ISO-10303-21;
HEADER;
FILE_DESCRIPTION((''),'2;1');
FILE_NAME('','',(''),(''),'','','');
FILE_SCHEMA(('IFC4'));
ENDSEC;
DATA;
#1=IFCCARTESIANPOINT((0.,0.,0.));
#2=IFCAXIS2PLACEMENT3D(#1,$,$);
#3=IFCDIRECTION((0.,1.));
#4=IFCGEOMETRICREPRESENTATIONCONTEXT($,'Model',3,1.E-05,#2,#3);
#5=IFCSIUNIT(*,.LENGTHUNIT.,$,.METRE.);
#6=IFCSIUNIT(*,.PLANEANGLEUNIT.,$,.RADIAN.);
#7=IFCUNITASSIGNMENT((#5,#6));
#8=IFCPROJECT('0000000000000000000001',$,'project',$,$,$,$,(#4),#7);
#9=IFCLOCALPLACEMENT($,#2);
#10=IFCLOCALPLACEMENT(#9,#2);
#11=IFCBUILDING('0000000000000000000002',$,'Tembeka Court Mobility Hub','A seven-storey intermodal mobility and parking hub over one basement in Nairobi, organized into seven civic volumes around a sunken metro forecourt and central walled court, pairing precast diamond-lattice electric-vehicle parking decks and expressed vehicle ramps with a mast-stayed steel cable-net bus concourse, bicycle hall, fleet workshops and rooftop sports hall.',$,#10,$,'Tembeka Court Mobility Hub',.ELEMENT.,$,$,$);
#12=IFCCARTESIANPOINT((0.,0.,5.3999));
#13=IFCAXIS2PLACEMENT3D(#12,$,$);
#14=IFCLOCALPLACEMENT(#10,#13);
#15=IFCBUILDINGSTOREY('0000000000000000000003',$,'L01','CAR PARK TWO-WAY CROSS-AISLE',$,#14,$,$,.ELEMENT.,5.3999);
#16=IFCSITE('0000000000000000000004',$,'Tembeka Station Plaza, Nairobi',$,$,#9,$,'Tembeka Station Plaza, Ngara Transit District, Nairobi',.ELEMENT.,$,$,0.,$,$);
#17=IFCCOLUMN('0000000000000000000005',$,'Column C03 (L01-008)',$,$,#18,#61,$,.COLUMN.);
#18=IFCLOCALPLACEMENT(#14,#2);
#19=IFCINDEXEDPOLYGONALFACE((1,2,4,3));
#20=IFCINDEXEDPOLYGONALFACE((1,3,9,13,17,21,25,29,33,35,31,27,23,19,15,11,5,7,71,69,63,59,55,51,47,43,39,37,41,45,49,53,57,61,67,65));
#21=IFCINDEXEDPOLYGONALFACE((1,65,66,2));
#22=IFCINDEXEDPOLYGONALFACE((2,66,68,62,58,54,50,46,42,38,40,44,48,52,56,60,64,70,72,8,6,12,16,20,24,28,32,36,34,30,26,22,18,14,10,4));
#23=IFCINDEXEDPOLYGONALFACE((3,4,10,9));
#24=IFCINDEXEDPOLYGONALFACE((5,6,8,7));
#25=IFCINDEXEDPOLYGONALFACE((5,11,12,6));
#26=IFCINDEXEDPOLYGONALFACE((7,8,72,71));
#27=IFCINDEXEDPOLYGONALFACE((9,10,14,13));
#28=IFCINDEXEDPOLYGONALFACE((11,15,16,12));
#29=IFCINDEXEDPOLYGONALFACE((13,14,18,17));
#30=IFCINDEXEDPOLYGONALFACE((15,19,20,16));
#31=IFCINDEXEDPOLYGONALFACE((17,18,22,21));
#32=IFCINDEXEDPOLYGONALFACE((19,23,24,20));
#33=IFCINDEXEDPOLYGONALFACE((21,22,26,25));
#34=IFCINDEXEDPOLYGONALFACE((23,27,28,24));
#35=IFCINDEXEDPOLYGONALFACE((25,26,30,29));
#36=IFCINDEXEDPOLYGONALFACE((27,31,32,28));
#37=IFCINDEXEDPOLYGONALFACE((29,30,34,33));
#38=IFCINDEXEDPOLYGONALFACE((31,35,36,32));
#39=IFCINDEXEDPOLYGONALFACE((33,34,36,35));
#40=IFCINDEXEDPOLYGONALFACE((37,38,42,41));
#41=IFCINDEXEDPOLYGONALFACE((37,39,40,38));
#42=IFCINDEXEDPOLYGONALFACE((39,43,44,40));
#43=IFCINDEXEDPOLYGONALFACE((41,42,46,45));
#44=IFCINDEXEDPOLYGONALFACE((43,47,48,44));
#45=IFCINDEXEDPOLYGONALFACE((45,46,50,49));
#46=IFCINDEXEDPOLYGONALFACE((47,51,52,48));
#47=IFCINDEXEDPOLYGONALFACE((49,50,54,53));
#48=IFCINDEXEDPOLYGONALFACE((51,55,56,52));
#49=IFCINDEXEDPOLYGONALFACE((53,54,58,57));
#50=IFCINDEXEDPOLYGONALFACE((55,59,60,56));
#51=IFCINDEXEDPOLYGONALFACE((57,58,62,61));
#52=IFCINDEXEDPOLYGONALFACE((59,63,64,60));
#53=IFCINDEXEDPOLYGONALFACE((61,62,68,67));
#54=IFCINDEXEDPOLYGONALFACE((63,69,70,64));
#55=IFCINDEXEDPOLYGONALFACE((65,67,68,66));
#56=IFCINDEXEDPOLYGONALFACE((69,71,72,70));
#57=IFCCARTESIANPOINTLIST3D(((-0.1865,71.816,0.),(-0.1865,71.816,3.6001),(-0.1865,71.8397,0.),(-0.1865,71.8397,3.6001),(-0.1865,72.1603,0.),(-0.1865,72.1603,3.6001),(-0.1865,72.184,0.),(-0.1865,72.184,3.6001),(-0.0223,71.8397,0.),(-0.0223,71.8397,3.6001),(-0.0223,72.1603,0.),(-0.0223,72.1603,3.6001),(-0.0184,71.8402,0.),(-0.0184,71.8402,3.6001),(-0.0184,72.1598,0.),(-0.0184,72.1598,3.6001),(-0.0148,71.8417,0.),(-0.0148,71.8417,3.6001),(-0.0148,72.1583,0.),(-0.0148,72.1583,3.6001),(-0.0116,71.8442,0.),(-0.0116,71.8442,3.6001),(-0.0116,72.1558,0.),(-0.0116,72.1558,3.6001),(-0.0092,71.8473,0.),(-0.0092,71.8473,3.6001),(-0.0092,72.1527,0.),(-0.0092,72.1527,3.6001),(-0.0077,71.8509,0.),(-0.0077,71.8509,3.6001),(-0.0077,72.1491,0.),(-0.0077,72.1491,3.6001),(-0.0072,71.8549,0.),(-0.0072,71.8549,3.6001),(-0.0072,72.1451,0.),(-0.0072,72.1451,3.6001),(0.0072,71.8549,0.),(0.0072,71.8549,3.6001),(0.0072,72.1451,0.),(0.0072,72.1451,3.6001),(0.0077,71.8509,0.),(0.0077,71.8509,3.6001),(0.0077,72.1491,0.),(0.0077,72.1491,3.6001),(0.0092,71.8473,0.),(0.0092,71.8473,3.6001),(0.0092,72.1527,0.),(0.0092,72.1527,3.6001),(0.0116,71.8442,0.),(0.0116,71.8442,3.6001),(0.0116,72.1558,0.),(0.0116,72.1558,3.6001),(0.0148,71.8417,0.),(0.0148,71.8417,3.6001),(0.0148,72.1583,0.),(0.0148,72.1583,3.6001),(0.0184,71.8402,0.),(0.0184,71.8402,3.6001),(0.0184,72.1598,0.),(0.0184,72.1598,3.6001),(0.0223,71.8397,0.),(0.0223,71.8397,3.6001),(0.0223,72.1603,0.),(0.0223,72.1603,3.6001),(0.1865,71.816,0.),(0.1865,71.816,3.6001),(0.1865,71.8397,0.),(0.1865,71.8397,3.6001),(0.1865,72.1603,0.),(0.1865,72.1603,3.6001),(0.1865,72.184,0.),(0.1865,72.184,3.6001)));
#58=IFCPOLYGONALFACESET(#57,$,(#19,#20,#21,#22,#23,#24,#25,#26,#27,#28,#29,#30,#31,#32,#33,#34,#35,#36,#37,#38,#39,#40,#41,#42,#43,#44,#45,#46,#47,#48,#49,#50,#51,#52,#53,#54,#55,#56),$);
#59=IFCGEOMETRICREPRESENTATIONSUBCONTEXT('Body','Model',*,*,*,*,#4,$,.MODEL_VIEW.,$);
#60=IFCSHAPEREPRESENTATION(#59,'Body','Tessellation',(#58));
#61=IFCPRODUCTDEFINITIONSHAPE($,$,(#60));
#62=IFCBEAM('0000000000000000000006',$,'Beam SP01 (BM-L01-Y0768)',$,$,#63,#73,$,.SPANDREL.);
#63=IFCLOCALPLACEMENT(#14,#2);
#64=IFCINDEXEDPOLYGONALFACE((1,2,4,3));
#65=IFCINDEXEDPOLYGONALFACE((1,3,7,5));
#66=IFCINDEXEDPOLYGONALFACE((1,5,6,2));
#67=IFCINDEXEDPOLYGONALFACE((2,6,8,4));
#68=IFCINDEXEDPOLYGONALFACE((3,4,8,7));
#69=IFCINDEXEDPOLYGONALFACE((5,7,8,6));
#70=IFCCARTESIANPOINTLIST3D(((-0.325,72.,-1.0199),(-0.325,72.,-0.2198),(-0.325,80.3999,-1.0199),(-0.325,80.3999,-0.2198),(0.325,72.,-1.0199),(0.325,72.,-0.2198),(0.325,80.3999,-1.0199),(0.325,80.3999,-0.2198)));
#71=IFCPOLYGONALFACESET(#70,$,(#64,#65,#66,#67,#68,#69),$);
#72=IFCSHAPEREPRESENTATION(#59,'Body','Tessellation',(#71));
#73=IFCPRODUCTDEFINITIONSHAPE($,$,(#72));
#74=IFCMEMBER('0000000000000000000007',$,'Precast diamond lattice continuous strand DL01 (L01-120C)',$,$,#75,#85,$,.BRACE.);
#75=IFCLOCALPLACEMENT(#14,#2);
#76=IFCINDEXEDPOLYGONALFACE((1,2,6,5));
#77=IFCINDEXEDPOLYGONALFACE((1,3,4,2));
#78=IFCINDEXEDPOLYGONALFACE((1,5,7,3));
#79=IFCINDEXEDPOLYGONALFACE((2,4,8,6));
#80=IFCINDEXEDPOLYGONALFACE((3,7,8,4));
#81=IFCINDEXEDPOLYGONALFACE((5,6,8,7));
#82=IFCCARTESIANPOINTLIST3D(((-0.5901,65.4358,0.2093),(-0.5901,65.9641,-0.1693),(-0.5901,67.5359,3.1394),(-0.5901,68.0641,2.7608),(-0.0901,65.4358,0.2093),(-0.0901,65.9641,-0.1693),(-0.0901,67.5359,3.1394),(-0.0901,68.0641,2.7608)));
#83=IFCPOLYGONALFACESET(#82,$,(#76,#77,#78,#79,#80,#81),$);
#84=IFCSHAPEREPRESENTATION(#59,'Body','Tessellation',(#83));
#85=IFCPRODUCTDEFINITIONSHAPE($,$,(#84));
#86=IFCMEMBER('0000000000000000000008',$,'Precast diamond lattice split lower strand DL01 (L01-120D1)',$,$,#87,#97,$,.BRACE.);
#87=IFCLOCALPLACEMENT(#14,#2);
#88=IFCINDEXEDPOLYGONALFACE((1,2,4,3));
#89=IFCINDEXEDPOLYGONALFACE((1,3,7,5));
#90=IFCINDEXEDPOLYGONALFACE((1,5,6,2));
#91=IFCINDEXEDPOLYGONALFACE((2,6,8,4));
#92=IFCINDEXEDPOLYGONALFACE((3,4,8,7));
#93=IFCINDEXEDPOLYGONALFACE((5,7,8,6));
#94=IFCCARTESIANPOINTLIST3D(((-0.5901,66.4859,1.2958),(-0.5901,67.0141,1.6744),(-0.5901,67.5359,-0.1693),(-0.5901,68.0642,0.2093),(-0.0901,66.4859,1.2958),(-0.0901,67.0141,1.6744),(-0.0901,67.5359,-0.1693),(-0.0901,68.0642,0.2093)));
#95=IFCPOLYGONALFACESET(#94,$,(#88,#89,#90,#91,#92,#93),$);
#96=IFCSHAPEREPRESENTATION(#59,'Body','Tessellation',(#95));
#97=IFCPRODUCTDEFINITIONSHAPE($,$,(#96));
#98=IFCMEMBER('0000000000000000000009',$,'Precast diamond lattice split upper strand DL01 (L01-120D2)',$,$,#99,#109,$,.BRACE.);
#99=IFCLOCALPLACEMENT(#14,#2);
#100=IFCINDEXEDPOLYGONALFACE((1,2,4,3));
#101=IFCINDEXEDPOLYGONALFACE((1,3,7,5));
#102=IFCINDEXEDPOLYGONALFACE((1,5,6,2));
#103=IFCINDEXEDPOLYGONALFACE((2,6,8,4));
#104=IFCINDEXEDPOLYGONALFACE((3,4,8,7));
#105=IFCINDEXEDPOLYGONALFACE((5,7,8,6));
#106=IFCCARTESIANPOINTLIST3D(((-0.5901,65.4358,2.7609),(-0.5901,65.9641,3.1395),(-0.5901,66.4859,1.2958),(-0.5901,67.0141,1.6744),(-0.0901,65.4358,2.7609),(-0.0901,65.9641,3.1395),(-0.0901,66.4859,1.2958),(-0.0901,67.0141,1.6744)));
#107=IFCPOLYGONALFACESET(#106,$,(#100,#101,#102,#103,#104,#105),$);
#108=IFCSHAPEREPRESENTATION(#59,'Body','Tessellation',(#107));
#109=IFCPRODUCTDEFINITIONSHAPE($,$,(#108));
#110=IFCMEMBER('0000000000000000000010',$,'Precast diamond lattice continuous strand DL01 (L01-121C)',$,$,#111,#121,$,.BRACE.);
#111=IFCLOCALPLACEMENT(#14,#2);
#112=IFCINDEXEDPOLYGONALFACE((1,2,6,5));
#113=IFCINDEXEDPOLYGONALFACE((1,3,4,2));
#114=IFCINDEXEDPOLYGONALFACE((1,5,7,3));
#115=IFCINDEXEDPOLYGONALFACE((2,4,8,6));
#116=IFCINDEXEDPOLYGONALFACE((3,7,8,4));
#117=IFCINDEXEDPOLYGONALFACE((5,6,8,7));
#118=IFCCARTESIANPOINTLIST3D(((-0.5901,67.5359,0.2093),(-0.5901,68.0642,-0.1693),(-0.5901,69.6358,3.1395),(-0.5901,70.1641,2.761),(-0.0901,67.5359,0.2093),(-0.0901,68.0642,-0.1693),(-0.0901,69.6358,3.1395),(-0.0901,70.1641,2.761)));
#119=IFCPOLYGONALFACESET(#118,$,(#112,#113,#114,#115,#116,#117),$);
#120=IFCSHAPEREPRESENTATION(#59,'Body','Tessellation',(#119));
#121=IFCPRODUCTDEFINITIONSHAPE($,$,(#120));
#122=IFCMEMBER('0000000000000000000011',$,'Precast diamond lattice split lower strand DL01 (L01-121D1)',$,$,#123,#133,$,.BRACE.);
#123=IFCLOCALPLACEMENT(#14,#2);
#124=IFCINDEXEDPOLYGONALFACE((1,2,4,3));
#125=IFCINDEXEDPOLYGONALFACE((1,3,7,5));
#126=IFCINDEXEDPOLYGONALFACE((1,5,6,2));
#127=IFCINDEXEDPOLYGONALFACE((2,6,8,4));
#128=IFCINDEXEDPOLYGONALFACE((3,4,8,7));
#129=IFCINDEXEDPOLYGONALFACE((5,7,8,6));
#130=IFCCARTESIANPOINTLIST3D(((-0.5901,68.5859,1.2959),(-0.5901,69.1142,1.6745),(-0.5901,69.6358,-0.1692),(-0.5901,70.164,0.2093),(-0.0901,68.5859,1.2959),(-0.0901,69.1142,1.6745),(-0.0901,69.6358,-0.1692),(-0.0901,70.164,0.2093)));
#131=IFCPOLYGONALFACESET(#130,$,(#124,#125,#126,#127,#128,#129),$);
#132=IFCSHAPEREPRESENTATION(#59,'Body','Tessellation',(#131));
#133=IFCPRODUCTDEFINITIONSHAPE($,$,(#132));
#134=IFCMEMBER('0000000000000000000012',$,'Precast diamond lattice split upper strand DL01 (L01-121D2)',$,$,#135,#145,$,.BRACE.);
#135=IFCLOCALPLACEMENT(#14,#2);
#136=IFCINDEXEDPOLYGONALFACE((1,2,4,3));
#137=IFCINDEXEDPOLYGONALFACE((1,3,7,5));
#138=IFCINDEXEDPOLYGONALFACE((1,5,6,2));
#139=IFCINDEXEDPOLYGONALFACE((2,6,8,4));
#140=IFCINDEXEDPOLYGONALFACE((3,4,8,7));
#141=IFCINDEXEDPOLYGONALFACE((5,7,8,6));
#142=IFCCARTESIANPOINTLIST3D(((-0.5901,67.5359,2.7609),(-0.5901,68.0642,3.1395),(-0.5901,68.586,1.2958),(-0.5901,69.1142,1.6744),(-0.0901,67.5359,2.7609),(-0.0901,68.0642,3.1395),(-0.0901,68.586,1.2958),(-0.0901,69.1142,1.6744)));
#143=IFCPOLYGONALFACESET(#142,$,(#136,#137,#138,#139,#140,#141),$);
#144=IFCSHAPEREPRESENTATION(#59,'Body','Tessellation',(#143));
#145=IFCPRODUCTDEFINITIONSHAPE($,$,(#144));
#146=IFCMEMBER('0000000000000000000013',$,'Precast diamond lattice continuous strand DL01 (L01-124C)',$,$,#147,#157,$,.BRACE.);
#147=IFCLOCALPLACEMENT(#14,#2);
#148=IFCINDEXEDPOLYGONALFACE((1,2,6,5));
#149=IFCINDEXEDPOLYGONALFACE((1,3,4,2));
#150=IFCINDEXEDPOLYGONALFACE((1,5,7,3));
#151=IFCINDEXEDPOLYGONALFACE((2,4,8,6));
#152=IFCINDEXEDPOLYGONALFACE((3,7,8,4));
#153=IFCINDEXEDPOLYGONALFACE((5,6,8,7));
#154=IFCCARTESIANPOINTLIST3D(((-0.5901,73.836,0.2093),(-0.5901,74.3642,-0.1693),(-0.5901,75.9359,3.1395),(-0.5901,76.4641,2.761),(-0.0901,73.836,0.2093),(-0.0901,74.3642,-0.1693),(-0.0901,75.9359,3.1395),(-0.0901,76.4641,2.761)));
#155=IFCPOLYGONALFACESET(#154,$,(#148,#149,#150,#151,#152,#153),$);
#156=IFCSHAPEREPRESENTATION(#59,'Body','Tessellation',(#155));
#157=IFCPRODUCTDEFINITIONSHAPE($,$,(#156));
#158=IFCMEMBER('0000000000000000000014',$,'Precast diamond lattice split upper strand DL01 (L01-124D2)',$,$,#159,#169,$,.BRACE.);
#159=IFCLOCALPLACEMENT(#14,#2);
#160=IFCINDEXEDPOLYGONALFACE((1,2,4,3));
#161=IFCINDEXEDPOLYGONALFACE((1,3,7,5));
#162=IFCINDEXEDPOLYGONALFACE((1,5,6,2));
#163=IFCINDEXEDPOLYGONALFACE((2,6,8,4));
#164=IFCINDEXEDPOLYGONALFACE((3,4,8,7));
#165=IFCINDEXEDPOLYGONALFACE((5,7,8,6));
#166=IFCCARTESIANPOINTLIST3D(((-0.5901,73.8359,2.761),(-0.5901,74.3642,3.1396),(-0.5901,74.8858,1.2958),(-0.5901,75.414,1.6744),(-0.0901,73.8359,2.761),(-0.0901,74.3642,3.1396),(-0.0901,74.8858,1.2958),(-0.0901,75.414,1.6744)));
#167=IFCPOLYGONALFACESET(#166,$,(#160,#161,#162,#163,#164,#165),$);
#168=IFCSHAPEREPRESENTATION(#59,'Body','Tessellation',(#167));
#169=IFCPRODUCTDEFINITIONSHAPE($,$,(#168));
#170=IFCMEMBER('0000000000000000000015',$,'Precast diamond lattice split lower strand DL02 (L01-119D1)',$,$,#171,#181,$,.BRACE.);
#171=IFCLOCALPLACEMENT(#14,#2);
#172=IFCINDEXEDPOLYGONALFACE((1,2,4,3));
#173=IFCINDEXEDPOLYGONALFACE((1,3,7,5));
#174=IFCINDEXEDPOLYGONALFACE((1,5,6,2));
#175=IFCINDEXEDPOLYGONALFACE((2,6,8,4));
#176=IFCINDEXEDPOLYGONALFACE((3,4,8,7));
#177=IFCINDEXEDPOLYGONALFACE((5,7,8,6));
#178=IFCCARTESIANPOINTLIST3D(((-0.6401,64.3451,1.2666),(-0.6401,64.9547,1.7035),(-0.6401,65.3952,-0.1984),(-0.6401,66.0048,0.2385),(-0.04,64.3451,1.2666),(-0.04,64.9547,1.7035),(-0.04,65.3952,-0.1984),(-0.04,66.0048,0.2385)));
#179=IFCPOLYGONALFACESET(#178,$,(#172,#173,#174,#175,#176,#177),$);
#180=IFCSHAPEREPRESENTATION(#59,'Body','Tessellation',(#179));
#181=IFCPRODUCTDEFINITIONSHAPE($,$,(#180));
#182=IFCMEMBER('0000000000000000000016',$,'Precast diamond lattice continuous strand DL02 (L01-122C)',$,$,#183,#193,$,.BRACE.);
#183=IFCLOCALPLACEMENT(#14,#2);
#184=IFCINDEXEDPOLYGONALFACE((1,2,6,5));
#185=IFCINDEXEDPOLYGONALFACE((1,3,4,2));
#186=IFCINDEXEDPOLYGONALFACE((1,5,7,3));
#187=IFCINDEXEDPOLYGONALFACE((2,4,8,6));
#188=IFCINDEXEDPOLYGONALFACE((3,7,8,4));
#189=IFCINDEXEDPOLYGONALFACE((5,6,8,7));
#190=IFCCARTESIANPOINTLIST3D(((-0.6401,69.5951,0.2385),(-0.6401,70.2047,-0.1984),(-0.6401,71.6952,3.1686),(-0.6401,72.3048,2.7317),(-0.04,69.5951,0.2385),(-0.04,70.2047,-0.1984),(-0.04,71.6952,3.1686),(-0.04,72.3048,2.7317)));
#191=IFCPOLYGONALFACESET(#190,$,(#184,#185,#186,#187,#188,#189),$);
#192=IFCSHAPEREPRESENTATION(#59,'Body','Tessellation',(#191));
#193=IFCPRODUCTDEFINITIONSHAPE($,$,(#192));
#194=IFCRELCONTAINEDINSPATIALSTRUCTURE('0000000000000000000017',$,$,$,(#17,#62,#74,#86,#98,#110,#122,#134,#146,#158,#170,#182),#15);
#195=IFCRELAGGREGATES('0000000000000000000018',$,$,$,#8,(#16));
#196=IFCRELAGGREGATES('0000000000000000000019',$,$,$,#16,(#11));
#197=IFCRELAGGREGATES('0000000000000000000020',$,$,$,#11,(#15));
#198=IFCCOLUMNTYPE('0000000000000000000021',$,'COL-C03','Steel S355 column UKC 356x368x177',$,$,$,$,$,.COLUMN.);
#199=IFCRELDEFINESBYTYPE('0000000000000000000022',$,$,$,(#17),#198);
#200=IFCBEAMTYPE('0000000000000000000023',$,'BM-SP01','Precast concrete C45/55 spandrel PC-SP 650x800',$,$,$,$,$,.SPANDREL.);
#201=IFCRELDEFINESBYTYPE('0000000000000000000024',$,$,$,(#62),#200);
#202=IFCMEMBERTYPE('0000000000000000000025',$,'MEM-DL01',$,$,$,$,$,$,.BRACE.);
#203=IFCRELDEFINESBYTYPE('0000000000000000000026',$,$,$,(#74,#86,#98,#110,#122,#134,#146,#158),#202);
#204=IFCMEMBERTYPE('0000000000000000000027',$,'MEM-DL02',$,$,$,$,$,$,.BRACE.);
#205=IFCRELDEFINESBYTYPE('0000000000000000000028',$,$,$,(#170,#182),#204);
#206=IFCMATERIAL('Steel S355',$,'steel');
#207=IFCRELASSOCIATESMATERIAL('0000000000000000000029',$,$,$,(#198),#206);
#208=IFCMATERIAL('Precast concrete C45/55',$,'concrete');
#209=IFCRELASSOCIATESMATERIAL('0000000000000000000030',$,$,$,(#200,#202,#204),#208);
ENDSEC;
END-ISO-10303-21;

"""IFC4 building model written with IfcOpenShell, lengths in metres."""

from ifc_helpers import new_model, si_unit, direction, frame, origin, origin_2d, place, context, subcontext, project, spatial, rectangle, i_section, extrude, material, material_profile, profile_set, type_object, element, save


model = new_model("IFC4")

# Units and contexts
model_context = context("Model", 3, precision=1e-05, world=origin(), true_north=direction((0.0, 1.0)))
body_context = subcontext(model_context, "Body", "Model", "MODEL_VIEW")
ifc_project = project(units=[si_unit("LENGTHUNIT", "METRE"), si_unit("PLANEANGLEUNIT", "RADIAN")], contexts=[model_context])

# Site, building, storey
site_placement = place(None, origin())
site = spatial("IfcSite", under=ifc_project, at=site_placement, Name="Tembeka Station Plaza, Nairobi", LongName="Tembeka Station Plaza, Ngara Transit District, Nairobi", CompositionType="ELEMENT", RefElevation=0.0)
building_placement = place(site_placement, origin())
building = spatial("IfcBuilding", under=site, at=building_placement, Name="Tembeka Court Mobility Hub", Description="A seven-storey intermodal mobility and parking hub over one basement in Nairobi, organized into seven civic volumes around a sunken metro forecourt and central walled court, pairing precast diamond-lattice electric-vehicle parking decks and expressed vehicle ramps with a mast-stayed steel cable-net bus concourse, bicycle hall, fleet workshops and rooftop sports hall.", LongName="Tembeka Court Mobility Hub", CompositionType="ELEMENT")
storey_placement = place(building_placement, frame((0.0, 0.0, 5.3999)))
storey = spatial("IfcBuildingStorey", under=building, at=storey_placement, Name="L01", Description="CAR PARK TWO-WAY CROSS-AISLE", CompositionType="ELEMENT", Elevation=5.3999)

# Column
ifc_material_1 = material(Name="Steel S355", Category="steel")
ifc_material_profile_1 = material_profile(ifc_material_1, i_section(OverallWidth=0.373, OverallDepth=0.3679, WebThickness=0.0144, FlangeThickness=0.0237, FilletRadius=0.0151, at=origin_2d()), Name="UKC 356x368x177")
ifc_profile_set_1 = profile_set([ifc_material_profile_1], Name="Steel S355")
column_type = type_object("IfcColumnType", Name="COL-C03", Description="Steel S355 column UKC 356x368x177", PredefinedType="COLUMN", material=ifc_profile_set_1)
column_placement = place(storey_placement, frame((0.0, 72.0, 0.0), z_axis=(0.0, 0.0, 1.0), x_axis=(1.0, 0.0, 0.0)))
element("IfcColumn", 1, at=column_placement, inside=storey, type_object=column_type, Name="Column C03 (L01-008)", PredefinedType="COLUMN", context=body_context, shape_type="SweptSolid", body=[
    extrude(i_section(OverallWidth=0.373, OverallDepth=0.3679, WebThickness=0.0144, FlangeThickness=0.0237, FilletRadius=0.0151, at=origin_2d()), origin(), (0.0, 0.0, 1.0), 3.6001),
])

# Beam
ifc_material_2 = material(Name="Precast concrete C45/55", Category="concrete")
ifc_material_profile_2 = material_profile(ifc_material_2, rectangle(XDim=0.6499, YDim=0.8, at=origin_2d()), Name="PC-SP 650x800")
ifc_profile_set_2 = profile_set([ifc_material_profile_2], Name="Precast concrete C45/55")
beam_type = type_object("IfcBeamType", Name="BM-SP01", Description="Precast concrete C45/55 spandrel PC-SP 650x800", PredefinedType="SPANDREL", material=ifc_profile_set_2)
beam_placement = place(storey_placement, frame((0.0, 72.0, -0.6199), z_axis=(0.0, 1.0, 0.0), x_axis=(-1.0, 0.0, 0.0)))
element("IfcBeam", 2, at=beam_placement, inside=storey, type_object=beam_type, Name="Beam SP01 (BM-L01-Y0768)", PredefinedType="SPANDREL", context=body_context, shape_type="SweptSolid", body=[
    extrude(rectangle(XDim=0.6499, YDim=0.8, at=origin_2d()), origin(), (0.0, 0.0, 1.0), 8.3999),
])

# Members
ifc_material_profile_3 = material_profile(ifc_material_2, rectangle(XDim=0.5, YDim=0.6499, at=origin_2d()), Name="PC-DIAG 500x650")
ifc_profile_set_3 = profile_set([ifc_material_profile_3], Name="Precast concrete C45/55")
member_type_1 = type_object("IfcMemberType", Name="MEM-DL01", PredefinedType="BRACE", material=ifc_profile_set_3)
member_1_placement = place(storey_placement, frame((-0.3401, 65.7, 0.02), z_axis=(0.0, 0.582544, 0.812799), x_axis=(-1.0, 0.0, 0.0)))
element("IfcMember", 3, at=member_1_placement, inside=storey, type_object=member_type_1, Name="Precast diamond lattice continuous strand DL01 (L01-120C)", PredefinedType="BRACE", context=body_context, shape_type="SweptSolid", body=[
    extrude(rectangle(XDim=0.5, YDim=0.6499, at=origin_2d()), origin(), (0.0, 0.0, 1.0), 3.605),
])
for number, where, z_axis, x_axis, name in (
    (4, (-0.3401, 67.8, 0.02), (0.0, -0.582544, 0.812799), (1.0, 0.0, 0.0), "Precast diamond lattice split lower strand DL01 (L01-120D1)"),
    (5, (-0.3401, 66.75, 1.4851), (0.0, -0.582544, 0.812799), (1.0, 0.0, 0.0), "Precast diamond lattice split upper strand DL01 (L01-120D2)"),
):
    element("IfcMember", number, at=place(storey_placement, frame(where, z_axis=z_axis, x_axis=x_axis)), inside=storey, type_object=member_type_1, Name=name, PredefinedType="BRACE", context=body_context, shape_type="SweptSolid", body=[
        extrude(rectangle(XDim=0.5, YDim=0.6499, at=origin_2d()), origin(), (0.0, 0.0, 1.0), 1.8025),
    ])
member_2_placement = place(storey_placement, frame((-0.3401, 67.8, 0.02), z_axis=(0.0, 0.5825, 0.812831), x_axis=(-1.0, 0.0, 0.0)))
element("IfcMember", 6, at=member_2_placement, inside=storey, type_object=member_type_1, Name="Precast diamond lattice continuous strand DL01 (L01-121C)", PredefinedType="BRACE", context=body_context, shape_type="SweptSolid", body=[
    extrude(rectangle(XDim=0.5, YDim=0.6499, at=origin_2d()), origin(), (0.0, 0.0, 1.0), 3.605),
])
for number, where, z_axis, x_axis, name in (
    (7, (-0.3401, 69.8999, 0.02), (0.0, -0.582455, 0.812863), (1.0, 0.0, 0.0), "Precast diamond lattice split lower strand DL01 (L01-121D1)"),
    (8, (-0.3401, 68.8501, 1.4851), (0.0, -0.582544, 0.812799), (1.0, 0.0, 0.0), "Precast diamond lattice split upper strand DL01 (L01-121D2)"),
):
    element("IfcMember", number, at=place(storey_placement, frame(where, z_axis=z_axis, x_axis=x_axis)), inside=storey, type_object=member_type_1, Name=name, PredefinedType="BRACE", context=body_context, shape_type="SweptSolid", body=[
        extrude(rectangle(XDim=0.5, YDim=0.6499, at=origin_2d()), origin(), (0.0, 0.0, 1.0), 1.8025),
    ])
member_3_placement = place(storey_placement, frame((-0.3401, 74.1001, 0.02), z_axis=(0.0, 0.5825, 0.812831), x_axis=(-1.0, 0.0, 0.0)))
element("IfcMember", 9, at=member_3_placement, inside=storey, type_object=member_type_1, Name="Precast diamond lattice continuous strand DL01 (L01-124C)", PredefinedType="BRACE", context=body_context, shape_type="SweptSolid", body=[
    extrude(rectangle(XDim=0.5, YDim=0.6499, at=origin_2d()), origin(), (0.0, 0.0, 1.0), 3.605),
])
member_4_placement = place(storey_placement, frame((-0.3401, 75.1499, 1.4851), z_axis=(0.0, -0.582455, 0.812863), x_axis=(1.0, 0.0, 0.0)))
element("IfcMember", 10, at=member_4_placement, inside=storey, type_object=member_type_1, Name="Precast diamond lattice split upper strand DL01 (L01-124D2)", PredefinedType="BRACE", context=body_context, shape_type="SweptSolid", body=[
    extrude(rectangle(XDim=0.5, YDim=0.6499, at=origin_2d()), origin(), (0.0, 0.0, 1.0), 1.8025),
])
ifc_material_profile_4 = material_profile(ifc_material_2, rectangle(XDim=0.6001, YDim=0.75, at=origin_2d()), Name="PC-DIAG 600x750")
ifc_profile_set_4 = profile_set([ifc_material_profile_4], Name="Precast concrete C45/55")
member_type_2 = type_object("IfcMemberType", Name="MEM-DL02", PredefinedType="BRACE", material=ifc_profile_set_4)
member_5_placement = place(storey_placement, frame((-0.3401, 65.7, 0.02), z_axis=(0.0, -0.582544, 0.812799), x_axis=(1.0, 0.0, 0.0)))
element("IfcMember", 11, at=member_5_placement, inside=storey, type_object=member_type_2, Name="Precast diamond lattice split lower strand DL02 (L01-119D1)", PredefinedType="BRACE", context=body_context, shape_type="SweptSolid", body=[
    extrude(rectangle(XDim=0.6001, YDim=0.75, at=origin_2d()), origin(), (0.0, 0.0, 1.0), 1.8025),
])
member_6_placement = place(storey_placement, frame((-0.3401, 69.8999, 0.02), z_axis=(0.0, 0.582544, 0.812799), x_axis=(-1.0, 0.0, 0.0)))
element("IfcMember", 12, at=member_6_placement, inside=storey, type_object=member_type_2, Name="Precast diamond lattice continuous strand DL02 (L01-122C)", PredefinedType="BRACE", context=body_context, shape_type="SweptSolid", body=[
    extrude(rectangle(XDim=0.6001, YDim=0.75, at=origin_2d()), origin(), (0.0, 0.0, 1.0), 3.605),
])

save(model, "model.ifc")
